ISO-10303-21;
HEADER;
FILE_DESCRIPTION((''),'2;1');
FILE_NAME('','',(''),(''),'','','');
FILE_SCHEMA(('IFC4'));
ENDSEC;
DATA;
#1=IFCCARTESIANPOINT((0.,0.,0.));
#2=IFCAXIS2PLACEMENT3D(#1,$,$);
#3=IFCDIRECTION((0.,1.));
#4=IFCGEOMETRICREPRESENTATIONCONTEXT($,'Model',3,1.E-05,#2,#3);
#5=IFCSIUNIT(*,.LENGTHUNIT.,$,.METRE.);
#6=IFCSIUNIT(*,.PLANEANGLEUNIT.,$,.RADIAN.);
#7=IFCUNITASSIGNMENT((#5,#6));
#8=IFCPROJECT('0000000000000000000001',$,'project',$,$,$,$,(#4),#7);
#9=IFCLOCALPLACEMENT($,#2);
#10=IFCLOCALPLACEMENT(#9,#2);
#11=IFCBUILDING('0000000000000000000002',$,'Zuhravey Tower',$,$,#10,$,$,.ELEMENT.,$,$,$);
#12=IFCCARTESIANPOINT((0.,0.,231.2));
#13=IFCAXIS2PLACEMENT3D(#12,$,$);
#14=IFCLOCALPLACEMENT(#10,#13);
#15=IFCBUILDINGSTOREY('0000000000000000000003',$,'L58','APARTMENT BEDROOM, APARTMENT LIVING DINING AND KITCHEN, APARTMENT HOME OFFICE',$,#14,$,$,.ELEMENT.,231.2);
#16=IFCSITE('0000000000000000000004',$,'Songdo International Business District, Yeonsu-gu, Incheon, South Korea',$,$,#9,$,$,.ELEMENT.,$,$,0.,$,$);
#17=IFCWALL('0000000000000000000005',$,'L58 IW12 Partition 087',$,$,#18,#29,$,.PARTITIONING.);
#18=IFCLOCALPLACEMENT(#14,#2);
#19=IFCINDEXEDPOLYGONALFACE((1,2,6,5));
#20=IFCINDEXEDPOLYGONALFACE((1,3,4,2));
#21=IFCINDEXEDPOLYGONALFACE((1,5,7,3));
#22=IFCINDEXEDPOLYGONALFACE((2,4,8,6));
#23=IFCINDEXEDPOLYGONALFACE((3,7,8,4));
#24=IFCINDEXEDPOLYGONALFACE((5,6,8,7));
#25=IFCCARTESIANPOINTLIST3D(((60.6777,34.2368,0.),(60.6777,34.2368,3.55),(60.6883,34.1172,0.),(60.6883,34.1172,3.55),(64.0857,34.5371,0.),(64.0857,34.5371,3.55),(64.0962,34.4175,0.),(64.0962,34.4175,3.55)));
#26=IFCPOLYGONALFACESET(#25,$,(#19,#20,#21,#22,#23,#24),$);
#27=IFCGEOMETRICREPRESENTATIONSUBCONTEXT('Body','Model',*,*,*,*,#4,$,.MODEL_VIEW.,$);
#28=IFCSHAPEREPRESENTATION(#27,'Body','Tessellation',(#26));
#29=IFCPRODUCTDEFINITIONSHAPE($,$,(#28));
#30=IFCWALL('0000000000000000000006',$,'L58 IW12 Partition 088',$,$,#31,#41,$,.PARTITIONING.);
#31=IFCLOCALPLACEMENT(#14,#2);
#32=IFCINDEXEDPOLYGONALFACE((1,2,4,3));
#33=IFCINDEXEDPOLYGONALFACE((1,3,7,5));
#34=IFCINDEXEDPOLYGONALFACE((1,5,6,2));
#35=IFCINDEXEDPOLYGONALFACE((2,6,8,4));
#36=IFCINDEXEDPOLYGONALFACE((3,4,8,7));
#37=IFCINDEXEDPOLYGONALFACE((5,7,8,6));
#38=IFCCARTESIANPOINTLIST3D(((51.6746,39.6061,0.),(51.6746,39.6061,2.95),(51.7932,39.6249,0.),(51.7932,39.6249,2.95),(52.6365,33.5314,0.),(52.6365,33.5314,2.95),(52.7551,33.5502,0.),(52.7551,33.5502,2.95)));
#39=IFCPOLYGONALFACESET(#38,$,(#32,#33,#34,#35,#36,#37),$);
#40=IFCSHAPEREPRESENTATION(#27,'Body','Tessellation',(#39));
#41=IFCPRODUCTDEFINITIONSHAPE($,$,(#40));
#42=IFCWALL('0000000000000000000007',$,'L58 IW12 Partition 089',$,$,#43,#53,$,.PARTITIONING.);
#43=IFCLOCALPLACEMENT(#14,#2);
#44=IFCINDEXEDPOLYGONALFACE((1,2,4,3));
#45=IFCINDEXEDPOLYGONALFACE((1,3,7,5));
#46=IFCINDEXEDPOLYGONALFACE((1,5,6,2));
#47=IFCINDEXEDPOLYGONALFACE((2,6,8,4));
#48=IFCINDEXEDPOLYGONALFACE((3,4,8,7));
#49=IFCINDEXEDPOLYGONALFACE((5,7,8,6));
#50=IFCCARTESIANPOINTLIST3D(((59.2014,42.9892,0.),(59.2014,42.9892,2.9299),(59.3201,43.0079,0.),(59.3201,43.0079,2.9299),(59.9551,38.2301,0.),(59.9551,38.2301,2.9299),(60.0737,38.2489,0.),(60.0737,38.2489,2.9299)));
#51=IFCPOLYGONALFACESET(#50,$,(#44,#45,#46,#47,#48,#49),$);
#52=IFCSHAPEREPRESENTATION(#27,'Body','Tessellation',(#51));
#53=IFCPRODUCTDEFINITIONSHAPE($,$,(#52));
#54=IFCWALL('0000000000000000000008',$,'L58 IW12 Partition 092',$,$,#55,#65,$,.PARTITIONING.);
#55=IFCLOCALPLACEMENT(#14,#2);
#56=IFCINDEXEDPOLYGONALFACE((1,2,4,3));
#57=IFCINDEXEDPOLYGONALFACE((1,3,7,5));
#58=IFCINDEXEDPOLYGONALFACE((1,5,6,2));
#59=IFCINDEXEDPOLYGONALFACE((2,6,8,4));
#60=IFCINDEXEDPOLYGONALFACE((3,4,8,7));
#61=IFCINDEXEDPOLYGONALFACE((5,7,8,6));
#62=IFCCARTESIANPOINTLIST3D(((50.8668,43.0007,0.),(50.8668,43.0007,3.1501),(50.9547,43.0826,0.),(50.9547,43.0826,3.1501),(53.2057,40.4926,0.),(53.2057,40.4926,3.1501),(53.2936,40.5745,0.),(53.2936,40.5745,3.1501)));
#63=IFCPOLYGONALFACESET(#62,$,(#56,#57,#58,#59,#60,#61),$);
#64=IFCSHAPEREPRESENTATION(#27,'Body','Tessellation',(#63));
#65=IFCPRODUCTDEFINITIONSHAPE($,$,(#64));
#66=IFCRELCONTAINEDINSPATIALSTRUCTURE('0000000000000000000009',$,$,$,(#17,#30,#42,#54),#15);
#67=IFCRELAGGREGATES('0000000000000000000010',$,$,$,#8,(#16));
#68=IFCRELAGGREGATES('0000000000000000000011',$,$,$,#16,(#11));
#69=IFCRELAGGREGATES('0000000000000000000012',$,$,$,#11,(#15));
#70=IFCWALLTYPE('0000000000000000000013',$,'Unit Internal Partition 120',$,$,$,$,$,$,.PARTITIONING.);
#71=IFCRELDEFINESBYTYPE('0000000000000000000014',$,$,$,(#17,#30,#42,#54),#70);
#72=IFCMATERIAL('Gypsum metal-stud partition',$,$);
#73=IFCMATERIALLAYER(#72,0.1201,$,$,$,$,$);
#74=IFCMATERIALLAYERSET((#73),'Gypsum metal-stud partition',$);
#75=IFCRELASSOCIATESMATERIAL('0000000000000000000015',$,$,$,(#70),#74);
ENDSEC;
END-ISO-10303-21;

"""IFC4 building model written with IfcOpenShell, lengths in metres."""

from ifc_helpers import new_model, si_unit, direction, frame, frame_2d, origin, place, context, subcontext, project, spatial, rectangle, extrude, material, layer, layer_set, type_object, element, save


model = new_model("IFC4")

# Units and contexts
model_context = context("Model", 3, precision=1e-05, world=origin(), true_north=direction((0.0, 1.0)))
body_context = subcontext(model_context, "Body", "Model", "MODEL_VIEW")
ifc_project = project(units=[si_unit("LENGTHUNIT", "METRE"), si_unit("PLANEANGLEUNIT", "RADIAN")], contexts=[model_context])

# Site, building, storey
site_placement = place(None, origin())
site = spatial("IfcSite", under=ifc_project, at=site_placement, Name="Songdo International Business District, Yeonsu-gu, Incheon, South Korea", CompositionType="ELEMENT", RefElevation=0.0)
building_placement = place(site_placement, origin())
building = spatial("IfcBuilding", under=site, at=building_placement, Name="Zuhravey Tower", CompositionType="ELEMENT")
storey_placement = place(building_placement, frame((0.0, 0.0, 231.2)))
storey = spatial("IfcBuildingStorey", under=building, at=storey_placement, Name="L58", Description="APARTMENT BEDROOM, APARTMENT LIVING DINING AND KITCHEN, APARTMENT HOME OFFICE", CompositionType="ELEMENT", Elevation=231.2)

# Shared definitions
ifc_material_1 = material(Name="Gypsum metal-stud partition")
ifc_layer_1 = layer(ifc_material_1, 0.1201)
ifc_layer_set_1 = layer_set([ifc_layer_1], Name="Gypsum metal-stud partition")
wall_type_1 = type_object("IfcWallType", Name="Unit Internal Partition 120", PredefinedType="PARTITIONING", material=ifc_layer_set_1)

# Walls
wall_1_placement = place(storey_placement, frame((60.6831, 34.177, 0.0), z_axis=(0.0, 0.0, 1.0), x_axis=(0.99614, 0.087775, 0.0)))
element("IfcWall", 1, at=wall_1_placement, inside=storey, type_object=wall_type_1, Name="L58 IW12 Partition 087", PredefinedType="PARTITIONING", context=body_context, shape_type="SweptSolid", body=[
    extrude(rectangle(XDim=3.4211, YDim=0.1201, at=frame_2d((1.7104, 0.0))), origin(), (0.0, 0.0, 1.0), 3.55),
])
wall_2_placement = place(storey_placement, frame((52.6958, 33.5408, 0.0), z_axis=(0.0, 0.0, 1.0), x_axis=(-0.156399, 0.987694, 0.0)))
element("IfcWall", 2, at=wall_2_placement, inside=storey, type_object=wall_type_1, Name="L58 IW12 Partition 088", PredefinedType="PARTITIONING", context=body_context, shape_type="SweptSolid", body=[
    extrude(rectangle(XDim=6.1504, YDim=0.1201, at=frame_2d((3.0752, 0.0))), origin(), (0.0, 0.0, 1.0), 2.95),
])
wall_3_placement = place(storey_placement, frame((60.0144, 38.2395, 0.0), z_axis=(0.0, 0.0, 1.0), x_axis=(-0.156415, 0.987691, 0.0)))
element("IfcWall", 3, at=wall_3_placement, inside=storey, type_object=wall_type_1, Name="L58 IW12 Partition 089", PredefinedType="PARTITIONING", context=body_context, shape_type="SweptSolid", body=[
    extrude(rectangle(XDim=4.8184, YDim=0.1201, at=frame_2d((2.4092, 0.0))), origin(), (0.0, 0.0, 1.0), 2.9299),
])
wall_4_placement = place(storey_placement, frame((53.2498, 40.5334, 0.0), z_axis=(0.0, 0.0, 1.0), x_axis=(-0.682009, 0.731344, 0.0)))
element("IfcWall", 4, at=wall_4_placement, inside=storey, type_object=wall_type_1, Name="L58 IW12 Partition 092", PredefinedType="PARTITIONING", context=body_context, shape_type="SweptSolid", body=[
    extrude(rectangle(XDim=3.4294, YDim=0.1201, at=frame_2d((1.7148, 0.0))), origin(), (0.0, 0.0, 1.0), 3.1501),
])

save(model, "model.ifc")
